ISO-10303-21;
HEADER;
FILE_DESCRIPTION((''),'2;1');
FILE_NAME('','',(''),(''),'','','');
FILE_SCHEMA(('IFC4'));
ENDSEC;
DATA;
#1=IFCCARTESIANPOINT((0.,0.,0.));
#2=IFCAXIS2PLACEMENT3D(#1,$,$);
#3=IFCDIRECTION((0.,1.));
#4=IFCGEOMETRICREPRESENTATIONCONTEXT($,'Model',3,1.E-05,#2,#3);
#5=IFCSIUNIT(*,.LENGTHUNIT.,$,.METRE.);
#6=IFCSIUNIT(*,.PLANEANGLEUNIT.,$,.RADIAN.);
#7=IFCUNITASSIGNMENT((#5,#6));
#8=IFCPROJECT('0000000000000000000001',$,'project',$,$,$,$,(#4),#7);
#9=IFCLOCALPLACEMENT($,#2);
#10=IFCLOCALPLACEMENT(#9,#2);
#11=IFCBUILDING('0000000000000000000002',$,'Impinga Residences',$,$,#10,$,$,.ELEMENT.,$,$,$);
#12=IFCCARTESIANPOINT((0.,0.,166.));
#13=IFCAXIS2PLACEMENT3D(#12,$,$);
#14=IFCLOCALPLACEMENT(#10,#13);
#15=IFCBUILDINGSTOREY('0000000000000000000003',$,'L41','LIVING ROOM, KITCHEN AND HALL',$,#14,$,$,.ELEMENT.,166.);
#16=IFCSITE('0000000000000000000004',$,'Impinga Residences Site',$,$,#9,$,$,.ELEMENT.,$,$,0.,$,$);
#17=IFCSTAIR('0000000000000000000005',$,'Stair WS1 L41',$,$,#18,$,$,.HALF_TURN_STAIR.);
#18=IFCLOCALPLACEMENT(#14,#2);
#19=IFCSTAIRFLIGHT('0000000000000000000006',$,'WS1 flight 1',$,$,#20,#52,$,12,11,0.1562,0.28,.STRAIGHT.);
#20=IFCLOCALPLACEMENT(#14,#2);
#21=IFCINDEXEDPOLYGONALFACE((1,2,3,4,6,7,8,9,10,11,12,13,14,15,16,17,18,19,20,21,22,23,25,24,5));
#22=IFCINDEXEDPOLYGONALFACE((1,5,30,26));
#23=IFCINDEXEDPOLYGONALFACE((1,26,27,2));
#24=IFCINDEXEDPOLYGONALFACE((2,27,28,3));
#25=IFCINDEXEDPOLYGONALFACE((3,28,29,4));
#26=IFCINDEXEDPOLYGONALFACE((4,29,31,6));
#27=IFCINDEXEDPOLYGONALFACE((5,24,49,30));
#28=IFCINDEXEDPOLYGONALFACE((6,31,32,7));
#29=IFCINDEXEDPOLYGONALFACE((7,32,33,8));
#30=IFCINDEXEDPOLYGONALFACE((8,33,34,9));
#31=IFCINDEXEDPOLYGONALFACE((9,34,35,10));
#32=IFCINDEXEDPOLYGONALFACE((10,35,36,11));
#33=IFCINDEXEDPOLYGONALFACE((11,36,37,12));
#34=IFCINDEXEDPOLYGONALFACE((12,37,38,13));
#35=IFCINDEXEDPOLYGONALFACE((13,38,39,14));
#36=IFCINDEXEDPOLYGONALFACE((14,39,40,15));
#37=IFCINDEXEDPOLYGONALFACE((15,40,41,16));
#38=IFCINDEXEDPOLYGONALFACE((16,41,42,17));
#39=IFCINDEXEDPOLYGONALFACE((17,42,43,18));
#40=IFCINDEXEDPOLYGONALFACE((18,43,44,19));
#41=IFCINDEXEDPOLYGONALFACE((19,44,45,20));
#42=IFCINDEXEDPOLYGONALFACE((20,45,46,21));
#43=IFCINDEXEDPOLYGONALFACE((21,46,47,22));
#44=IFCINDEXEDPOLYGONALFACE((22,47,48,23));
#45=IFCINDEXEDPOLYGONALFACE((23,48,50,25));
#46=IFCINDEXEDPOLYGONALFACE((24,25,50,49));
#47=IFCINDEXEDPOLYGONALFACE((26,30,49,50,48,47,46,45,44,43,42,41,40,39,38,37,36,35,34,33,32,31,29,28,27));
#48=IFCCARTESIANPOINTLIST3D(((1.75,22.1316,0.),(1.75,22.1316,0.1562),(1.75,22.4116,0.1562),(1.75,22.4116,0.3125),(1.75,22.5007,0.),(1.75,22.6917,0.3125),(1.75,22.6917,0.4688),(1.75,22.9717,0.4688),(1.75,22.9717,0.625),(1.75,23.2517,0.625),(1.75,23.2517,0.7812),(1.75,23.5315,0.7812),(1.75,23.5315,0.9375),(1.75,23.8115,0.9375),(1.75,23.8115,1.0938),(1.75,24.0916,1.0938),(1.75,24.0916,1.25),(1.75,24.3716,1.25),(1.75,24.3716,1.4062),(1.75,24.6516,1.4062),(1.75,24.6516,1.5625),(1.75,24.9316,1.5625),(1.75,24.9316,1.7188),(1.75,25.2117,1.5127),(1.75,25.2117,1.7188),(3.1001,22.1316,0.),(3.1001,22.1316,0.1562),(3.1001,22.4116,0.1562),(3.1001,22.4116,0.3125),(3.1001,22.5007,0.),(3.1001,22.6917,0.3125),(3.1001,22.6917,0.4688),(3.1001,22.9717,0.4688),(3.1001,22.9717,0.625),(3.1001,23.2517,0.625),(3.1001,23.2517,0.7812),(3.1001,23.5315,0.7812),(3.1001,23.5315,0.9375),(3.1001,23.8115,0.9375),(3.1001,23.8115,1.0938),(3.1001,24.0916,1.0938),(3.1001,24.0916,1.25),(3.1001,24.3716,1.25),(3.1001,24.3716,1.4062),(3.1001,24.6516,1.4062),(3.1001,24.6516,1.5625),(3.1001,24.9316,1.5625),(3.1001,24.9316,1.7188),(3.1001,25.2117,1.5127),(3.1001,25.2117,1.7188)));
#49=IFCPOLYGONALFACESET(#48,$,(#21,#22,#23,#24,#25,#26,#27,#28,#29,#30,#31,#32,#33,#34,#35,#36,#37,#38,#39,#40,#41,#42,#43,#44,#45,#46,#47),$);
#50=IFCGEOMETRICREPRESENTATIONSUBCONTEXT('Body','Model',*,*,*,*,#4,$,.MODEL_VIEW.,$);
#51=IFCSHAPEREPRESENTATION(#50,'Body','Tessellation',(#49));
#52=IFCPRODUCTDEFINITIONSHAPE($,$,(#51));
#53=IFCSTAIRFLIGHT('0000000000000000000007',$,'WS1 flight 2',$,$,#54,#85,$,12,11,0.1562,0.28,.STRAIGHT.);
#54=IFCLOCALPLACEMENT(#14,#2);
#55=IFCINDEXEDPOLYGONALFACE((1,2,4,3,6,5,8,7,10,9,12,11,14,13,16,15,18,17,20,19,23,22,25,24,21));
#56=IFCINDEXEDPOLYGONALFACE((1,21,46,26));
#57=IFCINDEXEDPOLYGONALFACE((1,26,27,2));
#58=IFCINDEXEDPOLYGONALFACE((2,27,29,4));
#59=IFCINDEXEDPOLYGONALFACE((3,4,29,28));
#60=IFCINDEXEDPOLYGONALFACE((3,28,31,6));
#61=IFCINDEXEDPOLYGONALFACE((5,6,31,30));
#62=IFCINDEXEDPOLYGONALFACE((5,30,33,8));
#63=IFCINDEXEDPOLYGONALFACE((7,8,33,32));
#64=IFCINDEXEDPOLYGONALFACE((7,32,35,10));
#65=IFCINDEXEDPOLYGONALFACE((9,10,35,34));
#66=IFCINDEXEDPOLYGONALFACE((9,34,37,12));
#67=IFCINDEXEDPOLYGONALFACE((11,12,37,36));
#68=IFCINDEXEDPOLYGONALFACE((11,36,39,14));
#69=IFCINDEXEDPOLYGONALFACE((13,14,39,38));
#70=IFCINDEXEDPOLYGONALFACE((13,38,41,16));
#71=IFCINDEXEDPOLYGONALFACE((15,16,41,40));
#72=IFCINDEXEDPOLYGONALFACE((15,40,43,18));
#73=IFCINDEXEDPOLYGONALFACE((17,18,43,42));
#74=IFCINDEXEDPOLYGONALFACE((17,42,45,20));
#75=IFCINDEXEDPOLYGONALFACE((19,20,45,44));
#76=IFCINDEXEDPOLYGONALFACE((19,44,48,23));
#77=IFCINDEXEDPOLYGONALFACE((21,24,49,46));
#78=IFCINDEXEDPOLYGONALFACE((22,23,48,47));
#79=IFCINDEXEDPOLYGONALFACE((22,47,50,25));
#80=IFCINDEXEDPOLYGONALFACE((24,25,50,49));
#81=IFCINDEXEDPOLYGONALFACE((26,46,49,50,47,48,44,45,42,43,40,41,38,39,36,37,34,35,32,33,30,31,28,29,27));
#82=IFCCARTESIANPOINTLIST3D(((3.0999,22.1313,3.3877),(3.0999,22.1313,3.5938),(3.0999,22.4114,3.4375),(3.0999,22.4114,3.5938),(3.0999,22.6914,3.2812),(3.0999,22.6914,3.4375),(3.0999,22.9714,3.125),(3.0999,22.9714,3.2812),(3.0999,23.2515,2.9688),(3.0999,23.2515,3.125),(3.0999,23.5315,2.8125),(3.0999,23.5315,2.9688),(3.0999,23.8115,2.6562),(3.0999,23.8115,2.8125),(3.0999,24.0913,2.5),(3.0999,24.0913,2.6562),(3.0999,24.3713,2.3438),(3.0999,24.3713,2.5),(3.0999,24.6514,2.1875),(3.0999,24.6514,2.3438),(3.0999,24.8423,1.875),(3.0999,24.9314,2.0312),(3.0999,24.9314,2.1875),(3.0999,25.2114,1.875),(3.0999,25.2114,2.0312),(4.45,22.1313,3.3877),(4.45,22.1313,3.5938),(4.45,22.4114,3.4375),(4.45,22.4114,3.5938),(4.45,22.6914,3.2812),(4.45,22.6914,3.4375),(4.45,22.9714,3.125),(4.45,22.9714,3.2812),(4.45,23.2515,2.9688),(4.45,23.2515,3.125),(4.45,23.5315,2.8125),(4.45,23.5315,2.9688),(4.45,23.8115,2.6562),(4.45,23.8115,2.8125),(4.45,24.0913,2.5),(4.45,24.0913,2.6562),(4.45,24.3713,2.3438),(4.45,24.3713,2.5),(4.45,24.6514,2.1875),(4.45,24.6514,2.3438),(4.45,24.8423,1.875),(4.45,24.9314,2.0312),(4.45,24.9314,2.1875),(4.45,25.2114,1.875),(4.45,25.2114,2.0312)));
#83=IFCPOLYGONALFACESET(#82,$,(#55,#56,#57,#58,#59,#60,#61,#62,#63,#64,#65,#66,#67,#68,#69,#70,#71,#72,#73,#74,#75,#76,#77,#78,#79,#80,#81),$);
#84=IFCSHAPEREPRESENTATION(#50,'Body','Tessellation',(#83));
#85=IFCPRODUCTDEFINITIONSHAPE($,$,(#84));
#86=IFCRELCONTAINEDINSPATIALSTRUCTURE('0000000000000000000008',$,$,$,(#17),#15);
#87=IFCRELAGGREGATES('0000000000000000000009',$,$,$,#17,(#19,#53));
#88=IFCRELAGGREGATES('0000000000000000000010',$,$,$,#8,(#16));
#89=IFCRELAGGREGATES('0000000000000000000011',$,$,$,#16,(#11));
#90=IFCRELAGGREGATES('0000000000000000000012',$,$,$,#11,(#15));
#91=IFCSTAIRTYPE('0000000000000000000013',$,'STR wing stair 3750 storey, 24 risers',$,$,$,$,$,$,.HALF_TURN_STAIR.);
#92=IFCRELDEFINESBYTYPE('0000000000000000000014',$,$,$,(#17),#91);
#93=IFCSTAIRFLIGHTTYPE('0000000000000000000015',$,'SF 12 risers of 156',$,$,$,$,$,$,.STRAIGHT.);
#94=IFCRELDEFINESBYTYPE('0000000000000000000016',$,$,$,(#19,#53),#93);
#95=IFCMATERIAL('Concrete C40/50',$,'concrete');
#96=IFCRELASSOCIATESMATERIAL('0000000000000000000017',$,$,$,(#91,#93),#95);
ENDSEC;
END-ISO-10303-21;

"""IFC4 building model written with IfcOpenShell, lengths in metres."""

from ifc_helpers import new_model, si_unit, direction, frame, origin, place, context, subcontext, project, spatial, polyline, outline, extrude, material, type_object, element, aggregate, save


model = new_model("IFC4")

# Units and contexts
model_context = context("Model", 3, precision=1e-05, world=origin(), true_north=direction((0.0, 1.0)))
body_context = subcontext(model_context, "Body", "Model", "MODEL_VIEW")
ifc_project = project(units=[si_unit("LENGTHUNIT", "METRE"), si_unit("PLANEANGLEUNIT", "RADIAN")], contexts=[model_context])

# Site, building, storey
site_placement = place(None, origin())
site = spatial("IfcSite", under=ifc_project, at=site_placement, Name="Impinga Residences Site", CompositionType="ELEMENT", RefElevation=0.0)
building_placement = place(site_placement, origin())
building = spatial("IfcBuilding", under=site, at=building_placement, Name="Impinga Residences", CompositionType="ELEMENT")
storey_placement = place(building_placement, frame((0.0, 0.0, 166.0)))
storey = spatial("IfcBuildingStorey", under=building, at=storey_placement, Name="L41", Description="LIVING ROOM, KITCHEN AND HALL", CompositionType="ELEMENT", Elevation=166.0)

# Stair, stair flights
ifc_material_1 = material(Name="Concrete C40/50", Category="concrete")
stair_type = type_object("IfcStairType", Name="STR wing stair 3750 storey, 24 risers", PredefinedType="HALF_TURN_STAIR", material=ifc_material_1)
stair_placement = place(storey_placement, origin())
stair = element("IfcStair", 1, at=stair_placement, inside=storey, type_object=stair_type, Name="Stair WS1 L41", PredefinedType="HALF_TURN_STAIR")
stair_flight_type = type_object("IfcStairFlightType", Name="SF 12 risers of 156", PredefinedType="STRAIGHT", material=ifc_material_1)
stair_flight_1_placement = place(storey_placement, frame((2.425, 22.1316, 0.0), z_axis=(0.0, 0.0, 1.0), x_axis=(0.0, 1.0, 0.0)))
stair_flight_1 = element("IfcStairFlight", 2, at=stair_flight_1_placement, type_object=stair_flight_type, Name="WS1 flight 1", NumberOfRisers=12, NumberOfTreads=11, PredefinedType="STRAIGHT", RiserHeight=0.1562, TreadLength=0.28, context=body_context, shape_type="SweptSolid", body=[
    extrude(outline(polyline([(0.0, 0.0), (0.0, 0.1562), (0.28, 0.1562), (0.28, 0.3125), (0.5601, 0.3125), (0.5601, 0.4688), (0.8401, 0.4688), (0.8401, 0.625), (1.1201, 0.625), (1.1201, 0.7812), (1.3999, 0.7812), (1.3999, 0.9375), (1.6799, 0.9375), (1.6799, 1.0938), (1.96, 1.0938), (1.96, 1.25), (2.24, 1.25), (2.24, 1.4062), (2.52, 1.4062), (2.52, 1.5625), (2.8, 1.5625), (2.8, 1.7188), (3.0801, 1.7188), (3.0801, 1.875), (3.0801, 1.5127), (0.3691, 0.0), (0.0, 0.0)])), frame((0.0, 0.675, 0.0), z_axis=(0.0, -1.0, 0.0), x_axis=(1.0, 0.0, 0.0)), (0.0, 0.0, 1.0), 1.3501),
])
stair_flight_2_placement = place(storey_placement, frame((3.7749, 25.2114, 1.875), z_axis=(0.0, 0.0, 1.0), x_axis=(0.0, -1.0, 0.0)))
stair_flight_2 = element("IfcStairFlight", 3, at=stair_flight_2_placement, type_object=stair_flight_type, Name="WS1 flight 2", NumberOfRisers=12, NumberOfTreads=11, PredefinedType="STRAIGHT", RiserHeight=0.1562, TreadLength=0.28, context=body_context, shape_type="SweptSolid", body=[
    extrude(outline(polyline([(0.0, 0.0), (0.0, 0.1562), (0.28, 0.1562), (0.28, 0.3125), (0.5601, 0.3125), (0.5601, 0.4688), (0.8401, 0.4688), (0.8401, 0.625), (1.1201, 0.625), (1.1201, 0.7812), (1.3999, 0.7812), (1.3999, 0.9375), (1.6799, 0.9375), (1.6799, 1.0938), (1.96, 1.0938), (1.96, 1.25), (2.24, 1.25), (2.24, 1.4062), (2.52, 1.4062), (2.52, 1.5625), (2.8, 1.5625), (2.8, 1.7188), (3.0801, 1.7188), (3.0801, 1.875), (3.0801, 1.5127), (0.3691, 0.0), (0.0, 0.0)])), frame((0.0, 0.675, 0.0), z_axis=(0.0, -1.0, 0.0), x_axis=(1.0, 0.0, 0.0)), (0.0, 0.0, 1.0), 1.3501),
])
aggregate(stair, [stair_flight_1, stair_flight_2])

save(model, "model.ifc")
